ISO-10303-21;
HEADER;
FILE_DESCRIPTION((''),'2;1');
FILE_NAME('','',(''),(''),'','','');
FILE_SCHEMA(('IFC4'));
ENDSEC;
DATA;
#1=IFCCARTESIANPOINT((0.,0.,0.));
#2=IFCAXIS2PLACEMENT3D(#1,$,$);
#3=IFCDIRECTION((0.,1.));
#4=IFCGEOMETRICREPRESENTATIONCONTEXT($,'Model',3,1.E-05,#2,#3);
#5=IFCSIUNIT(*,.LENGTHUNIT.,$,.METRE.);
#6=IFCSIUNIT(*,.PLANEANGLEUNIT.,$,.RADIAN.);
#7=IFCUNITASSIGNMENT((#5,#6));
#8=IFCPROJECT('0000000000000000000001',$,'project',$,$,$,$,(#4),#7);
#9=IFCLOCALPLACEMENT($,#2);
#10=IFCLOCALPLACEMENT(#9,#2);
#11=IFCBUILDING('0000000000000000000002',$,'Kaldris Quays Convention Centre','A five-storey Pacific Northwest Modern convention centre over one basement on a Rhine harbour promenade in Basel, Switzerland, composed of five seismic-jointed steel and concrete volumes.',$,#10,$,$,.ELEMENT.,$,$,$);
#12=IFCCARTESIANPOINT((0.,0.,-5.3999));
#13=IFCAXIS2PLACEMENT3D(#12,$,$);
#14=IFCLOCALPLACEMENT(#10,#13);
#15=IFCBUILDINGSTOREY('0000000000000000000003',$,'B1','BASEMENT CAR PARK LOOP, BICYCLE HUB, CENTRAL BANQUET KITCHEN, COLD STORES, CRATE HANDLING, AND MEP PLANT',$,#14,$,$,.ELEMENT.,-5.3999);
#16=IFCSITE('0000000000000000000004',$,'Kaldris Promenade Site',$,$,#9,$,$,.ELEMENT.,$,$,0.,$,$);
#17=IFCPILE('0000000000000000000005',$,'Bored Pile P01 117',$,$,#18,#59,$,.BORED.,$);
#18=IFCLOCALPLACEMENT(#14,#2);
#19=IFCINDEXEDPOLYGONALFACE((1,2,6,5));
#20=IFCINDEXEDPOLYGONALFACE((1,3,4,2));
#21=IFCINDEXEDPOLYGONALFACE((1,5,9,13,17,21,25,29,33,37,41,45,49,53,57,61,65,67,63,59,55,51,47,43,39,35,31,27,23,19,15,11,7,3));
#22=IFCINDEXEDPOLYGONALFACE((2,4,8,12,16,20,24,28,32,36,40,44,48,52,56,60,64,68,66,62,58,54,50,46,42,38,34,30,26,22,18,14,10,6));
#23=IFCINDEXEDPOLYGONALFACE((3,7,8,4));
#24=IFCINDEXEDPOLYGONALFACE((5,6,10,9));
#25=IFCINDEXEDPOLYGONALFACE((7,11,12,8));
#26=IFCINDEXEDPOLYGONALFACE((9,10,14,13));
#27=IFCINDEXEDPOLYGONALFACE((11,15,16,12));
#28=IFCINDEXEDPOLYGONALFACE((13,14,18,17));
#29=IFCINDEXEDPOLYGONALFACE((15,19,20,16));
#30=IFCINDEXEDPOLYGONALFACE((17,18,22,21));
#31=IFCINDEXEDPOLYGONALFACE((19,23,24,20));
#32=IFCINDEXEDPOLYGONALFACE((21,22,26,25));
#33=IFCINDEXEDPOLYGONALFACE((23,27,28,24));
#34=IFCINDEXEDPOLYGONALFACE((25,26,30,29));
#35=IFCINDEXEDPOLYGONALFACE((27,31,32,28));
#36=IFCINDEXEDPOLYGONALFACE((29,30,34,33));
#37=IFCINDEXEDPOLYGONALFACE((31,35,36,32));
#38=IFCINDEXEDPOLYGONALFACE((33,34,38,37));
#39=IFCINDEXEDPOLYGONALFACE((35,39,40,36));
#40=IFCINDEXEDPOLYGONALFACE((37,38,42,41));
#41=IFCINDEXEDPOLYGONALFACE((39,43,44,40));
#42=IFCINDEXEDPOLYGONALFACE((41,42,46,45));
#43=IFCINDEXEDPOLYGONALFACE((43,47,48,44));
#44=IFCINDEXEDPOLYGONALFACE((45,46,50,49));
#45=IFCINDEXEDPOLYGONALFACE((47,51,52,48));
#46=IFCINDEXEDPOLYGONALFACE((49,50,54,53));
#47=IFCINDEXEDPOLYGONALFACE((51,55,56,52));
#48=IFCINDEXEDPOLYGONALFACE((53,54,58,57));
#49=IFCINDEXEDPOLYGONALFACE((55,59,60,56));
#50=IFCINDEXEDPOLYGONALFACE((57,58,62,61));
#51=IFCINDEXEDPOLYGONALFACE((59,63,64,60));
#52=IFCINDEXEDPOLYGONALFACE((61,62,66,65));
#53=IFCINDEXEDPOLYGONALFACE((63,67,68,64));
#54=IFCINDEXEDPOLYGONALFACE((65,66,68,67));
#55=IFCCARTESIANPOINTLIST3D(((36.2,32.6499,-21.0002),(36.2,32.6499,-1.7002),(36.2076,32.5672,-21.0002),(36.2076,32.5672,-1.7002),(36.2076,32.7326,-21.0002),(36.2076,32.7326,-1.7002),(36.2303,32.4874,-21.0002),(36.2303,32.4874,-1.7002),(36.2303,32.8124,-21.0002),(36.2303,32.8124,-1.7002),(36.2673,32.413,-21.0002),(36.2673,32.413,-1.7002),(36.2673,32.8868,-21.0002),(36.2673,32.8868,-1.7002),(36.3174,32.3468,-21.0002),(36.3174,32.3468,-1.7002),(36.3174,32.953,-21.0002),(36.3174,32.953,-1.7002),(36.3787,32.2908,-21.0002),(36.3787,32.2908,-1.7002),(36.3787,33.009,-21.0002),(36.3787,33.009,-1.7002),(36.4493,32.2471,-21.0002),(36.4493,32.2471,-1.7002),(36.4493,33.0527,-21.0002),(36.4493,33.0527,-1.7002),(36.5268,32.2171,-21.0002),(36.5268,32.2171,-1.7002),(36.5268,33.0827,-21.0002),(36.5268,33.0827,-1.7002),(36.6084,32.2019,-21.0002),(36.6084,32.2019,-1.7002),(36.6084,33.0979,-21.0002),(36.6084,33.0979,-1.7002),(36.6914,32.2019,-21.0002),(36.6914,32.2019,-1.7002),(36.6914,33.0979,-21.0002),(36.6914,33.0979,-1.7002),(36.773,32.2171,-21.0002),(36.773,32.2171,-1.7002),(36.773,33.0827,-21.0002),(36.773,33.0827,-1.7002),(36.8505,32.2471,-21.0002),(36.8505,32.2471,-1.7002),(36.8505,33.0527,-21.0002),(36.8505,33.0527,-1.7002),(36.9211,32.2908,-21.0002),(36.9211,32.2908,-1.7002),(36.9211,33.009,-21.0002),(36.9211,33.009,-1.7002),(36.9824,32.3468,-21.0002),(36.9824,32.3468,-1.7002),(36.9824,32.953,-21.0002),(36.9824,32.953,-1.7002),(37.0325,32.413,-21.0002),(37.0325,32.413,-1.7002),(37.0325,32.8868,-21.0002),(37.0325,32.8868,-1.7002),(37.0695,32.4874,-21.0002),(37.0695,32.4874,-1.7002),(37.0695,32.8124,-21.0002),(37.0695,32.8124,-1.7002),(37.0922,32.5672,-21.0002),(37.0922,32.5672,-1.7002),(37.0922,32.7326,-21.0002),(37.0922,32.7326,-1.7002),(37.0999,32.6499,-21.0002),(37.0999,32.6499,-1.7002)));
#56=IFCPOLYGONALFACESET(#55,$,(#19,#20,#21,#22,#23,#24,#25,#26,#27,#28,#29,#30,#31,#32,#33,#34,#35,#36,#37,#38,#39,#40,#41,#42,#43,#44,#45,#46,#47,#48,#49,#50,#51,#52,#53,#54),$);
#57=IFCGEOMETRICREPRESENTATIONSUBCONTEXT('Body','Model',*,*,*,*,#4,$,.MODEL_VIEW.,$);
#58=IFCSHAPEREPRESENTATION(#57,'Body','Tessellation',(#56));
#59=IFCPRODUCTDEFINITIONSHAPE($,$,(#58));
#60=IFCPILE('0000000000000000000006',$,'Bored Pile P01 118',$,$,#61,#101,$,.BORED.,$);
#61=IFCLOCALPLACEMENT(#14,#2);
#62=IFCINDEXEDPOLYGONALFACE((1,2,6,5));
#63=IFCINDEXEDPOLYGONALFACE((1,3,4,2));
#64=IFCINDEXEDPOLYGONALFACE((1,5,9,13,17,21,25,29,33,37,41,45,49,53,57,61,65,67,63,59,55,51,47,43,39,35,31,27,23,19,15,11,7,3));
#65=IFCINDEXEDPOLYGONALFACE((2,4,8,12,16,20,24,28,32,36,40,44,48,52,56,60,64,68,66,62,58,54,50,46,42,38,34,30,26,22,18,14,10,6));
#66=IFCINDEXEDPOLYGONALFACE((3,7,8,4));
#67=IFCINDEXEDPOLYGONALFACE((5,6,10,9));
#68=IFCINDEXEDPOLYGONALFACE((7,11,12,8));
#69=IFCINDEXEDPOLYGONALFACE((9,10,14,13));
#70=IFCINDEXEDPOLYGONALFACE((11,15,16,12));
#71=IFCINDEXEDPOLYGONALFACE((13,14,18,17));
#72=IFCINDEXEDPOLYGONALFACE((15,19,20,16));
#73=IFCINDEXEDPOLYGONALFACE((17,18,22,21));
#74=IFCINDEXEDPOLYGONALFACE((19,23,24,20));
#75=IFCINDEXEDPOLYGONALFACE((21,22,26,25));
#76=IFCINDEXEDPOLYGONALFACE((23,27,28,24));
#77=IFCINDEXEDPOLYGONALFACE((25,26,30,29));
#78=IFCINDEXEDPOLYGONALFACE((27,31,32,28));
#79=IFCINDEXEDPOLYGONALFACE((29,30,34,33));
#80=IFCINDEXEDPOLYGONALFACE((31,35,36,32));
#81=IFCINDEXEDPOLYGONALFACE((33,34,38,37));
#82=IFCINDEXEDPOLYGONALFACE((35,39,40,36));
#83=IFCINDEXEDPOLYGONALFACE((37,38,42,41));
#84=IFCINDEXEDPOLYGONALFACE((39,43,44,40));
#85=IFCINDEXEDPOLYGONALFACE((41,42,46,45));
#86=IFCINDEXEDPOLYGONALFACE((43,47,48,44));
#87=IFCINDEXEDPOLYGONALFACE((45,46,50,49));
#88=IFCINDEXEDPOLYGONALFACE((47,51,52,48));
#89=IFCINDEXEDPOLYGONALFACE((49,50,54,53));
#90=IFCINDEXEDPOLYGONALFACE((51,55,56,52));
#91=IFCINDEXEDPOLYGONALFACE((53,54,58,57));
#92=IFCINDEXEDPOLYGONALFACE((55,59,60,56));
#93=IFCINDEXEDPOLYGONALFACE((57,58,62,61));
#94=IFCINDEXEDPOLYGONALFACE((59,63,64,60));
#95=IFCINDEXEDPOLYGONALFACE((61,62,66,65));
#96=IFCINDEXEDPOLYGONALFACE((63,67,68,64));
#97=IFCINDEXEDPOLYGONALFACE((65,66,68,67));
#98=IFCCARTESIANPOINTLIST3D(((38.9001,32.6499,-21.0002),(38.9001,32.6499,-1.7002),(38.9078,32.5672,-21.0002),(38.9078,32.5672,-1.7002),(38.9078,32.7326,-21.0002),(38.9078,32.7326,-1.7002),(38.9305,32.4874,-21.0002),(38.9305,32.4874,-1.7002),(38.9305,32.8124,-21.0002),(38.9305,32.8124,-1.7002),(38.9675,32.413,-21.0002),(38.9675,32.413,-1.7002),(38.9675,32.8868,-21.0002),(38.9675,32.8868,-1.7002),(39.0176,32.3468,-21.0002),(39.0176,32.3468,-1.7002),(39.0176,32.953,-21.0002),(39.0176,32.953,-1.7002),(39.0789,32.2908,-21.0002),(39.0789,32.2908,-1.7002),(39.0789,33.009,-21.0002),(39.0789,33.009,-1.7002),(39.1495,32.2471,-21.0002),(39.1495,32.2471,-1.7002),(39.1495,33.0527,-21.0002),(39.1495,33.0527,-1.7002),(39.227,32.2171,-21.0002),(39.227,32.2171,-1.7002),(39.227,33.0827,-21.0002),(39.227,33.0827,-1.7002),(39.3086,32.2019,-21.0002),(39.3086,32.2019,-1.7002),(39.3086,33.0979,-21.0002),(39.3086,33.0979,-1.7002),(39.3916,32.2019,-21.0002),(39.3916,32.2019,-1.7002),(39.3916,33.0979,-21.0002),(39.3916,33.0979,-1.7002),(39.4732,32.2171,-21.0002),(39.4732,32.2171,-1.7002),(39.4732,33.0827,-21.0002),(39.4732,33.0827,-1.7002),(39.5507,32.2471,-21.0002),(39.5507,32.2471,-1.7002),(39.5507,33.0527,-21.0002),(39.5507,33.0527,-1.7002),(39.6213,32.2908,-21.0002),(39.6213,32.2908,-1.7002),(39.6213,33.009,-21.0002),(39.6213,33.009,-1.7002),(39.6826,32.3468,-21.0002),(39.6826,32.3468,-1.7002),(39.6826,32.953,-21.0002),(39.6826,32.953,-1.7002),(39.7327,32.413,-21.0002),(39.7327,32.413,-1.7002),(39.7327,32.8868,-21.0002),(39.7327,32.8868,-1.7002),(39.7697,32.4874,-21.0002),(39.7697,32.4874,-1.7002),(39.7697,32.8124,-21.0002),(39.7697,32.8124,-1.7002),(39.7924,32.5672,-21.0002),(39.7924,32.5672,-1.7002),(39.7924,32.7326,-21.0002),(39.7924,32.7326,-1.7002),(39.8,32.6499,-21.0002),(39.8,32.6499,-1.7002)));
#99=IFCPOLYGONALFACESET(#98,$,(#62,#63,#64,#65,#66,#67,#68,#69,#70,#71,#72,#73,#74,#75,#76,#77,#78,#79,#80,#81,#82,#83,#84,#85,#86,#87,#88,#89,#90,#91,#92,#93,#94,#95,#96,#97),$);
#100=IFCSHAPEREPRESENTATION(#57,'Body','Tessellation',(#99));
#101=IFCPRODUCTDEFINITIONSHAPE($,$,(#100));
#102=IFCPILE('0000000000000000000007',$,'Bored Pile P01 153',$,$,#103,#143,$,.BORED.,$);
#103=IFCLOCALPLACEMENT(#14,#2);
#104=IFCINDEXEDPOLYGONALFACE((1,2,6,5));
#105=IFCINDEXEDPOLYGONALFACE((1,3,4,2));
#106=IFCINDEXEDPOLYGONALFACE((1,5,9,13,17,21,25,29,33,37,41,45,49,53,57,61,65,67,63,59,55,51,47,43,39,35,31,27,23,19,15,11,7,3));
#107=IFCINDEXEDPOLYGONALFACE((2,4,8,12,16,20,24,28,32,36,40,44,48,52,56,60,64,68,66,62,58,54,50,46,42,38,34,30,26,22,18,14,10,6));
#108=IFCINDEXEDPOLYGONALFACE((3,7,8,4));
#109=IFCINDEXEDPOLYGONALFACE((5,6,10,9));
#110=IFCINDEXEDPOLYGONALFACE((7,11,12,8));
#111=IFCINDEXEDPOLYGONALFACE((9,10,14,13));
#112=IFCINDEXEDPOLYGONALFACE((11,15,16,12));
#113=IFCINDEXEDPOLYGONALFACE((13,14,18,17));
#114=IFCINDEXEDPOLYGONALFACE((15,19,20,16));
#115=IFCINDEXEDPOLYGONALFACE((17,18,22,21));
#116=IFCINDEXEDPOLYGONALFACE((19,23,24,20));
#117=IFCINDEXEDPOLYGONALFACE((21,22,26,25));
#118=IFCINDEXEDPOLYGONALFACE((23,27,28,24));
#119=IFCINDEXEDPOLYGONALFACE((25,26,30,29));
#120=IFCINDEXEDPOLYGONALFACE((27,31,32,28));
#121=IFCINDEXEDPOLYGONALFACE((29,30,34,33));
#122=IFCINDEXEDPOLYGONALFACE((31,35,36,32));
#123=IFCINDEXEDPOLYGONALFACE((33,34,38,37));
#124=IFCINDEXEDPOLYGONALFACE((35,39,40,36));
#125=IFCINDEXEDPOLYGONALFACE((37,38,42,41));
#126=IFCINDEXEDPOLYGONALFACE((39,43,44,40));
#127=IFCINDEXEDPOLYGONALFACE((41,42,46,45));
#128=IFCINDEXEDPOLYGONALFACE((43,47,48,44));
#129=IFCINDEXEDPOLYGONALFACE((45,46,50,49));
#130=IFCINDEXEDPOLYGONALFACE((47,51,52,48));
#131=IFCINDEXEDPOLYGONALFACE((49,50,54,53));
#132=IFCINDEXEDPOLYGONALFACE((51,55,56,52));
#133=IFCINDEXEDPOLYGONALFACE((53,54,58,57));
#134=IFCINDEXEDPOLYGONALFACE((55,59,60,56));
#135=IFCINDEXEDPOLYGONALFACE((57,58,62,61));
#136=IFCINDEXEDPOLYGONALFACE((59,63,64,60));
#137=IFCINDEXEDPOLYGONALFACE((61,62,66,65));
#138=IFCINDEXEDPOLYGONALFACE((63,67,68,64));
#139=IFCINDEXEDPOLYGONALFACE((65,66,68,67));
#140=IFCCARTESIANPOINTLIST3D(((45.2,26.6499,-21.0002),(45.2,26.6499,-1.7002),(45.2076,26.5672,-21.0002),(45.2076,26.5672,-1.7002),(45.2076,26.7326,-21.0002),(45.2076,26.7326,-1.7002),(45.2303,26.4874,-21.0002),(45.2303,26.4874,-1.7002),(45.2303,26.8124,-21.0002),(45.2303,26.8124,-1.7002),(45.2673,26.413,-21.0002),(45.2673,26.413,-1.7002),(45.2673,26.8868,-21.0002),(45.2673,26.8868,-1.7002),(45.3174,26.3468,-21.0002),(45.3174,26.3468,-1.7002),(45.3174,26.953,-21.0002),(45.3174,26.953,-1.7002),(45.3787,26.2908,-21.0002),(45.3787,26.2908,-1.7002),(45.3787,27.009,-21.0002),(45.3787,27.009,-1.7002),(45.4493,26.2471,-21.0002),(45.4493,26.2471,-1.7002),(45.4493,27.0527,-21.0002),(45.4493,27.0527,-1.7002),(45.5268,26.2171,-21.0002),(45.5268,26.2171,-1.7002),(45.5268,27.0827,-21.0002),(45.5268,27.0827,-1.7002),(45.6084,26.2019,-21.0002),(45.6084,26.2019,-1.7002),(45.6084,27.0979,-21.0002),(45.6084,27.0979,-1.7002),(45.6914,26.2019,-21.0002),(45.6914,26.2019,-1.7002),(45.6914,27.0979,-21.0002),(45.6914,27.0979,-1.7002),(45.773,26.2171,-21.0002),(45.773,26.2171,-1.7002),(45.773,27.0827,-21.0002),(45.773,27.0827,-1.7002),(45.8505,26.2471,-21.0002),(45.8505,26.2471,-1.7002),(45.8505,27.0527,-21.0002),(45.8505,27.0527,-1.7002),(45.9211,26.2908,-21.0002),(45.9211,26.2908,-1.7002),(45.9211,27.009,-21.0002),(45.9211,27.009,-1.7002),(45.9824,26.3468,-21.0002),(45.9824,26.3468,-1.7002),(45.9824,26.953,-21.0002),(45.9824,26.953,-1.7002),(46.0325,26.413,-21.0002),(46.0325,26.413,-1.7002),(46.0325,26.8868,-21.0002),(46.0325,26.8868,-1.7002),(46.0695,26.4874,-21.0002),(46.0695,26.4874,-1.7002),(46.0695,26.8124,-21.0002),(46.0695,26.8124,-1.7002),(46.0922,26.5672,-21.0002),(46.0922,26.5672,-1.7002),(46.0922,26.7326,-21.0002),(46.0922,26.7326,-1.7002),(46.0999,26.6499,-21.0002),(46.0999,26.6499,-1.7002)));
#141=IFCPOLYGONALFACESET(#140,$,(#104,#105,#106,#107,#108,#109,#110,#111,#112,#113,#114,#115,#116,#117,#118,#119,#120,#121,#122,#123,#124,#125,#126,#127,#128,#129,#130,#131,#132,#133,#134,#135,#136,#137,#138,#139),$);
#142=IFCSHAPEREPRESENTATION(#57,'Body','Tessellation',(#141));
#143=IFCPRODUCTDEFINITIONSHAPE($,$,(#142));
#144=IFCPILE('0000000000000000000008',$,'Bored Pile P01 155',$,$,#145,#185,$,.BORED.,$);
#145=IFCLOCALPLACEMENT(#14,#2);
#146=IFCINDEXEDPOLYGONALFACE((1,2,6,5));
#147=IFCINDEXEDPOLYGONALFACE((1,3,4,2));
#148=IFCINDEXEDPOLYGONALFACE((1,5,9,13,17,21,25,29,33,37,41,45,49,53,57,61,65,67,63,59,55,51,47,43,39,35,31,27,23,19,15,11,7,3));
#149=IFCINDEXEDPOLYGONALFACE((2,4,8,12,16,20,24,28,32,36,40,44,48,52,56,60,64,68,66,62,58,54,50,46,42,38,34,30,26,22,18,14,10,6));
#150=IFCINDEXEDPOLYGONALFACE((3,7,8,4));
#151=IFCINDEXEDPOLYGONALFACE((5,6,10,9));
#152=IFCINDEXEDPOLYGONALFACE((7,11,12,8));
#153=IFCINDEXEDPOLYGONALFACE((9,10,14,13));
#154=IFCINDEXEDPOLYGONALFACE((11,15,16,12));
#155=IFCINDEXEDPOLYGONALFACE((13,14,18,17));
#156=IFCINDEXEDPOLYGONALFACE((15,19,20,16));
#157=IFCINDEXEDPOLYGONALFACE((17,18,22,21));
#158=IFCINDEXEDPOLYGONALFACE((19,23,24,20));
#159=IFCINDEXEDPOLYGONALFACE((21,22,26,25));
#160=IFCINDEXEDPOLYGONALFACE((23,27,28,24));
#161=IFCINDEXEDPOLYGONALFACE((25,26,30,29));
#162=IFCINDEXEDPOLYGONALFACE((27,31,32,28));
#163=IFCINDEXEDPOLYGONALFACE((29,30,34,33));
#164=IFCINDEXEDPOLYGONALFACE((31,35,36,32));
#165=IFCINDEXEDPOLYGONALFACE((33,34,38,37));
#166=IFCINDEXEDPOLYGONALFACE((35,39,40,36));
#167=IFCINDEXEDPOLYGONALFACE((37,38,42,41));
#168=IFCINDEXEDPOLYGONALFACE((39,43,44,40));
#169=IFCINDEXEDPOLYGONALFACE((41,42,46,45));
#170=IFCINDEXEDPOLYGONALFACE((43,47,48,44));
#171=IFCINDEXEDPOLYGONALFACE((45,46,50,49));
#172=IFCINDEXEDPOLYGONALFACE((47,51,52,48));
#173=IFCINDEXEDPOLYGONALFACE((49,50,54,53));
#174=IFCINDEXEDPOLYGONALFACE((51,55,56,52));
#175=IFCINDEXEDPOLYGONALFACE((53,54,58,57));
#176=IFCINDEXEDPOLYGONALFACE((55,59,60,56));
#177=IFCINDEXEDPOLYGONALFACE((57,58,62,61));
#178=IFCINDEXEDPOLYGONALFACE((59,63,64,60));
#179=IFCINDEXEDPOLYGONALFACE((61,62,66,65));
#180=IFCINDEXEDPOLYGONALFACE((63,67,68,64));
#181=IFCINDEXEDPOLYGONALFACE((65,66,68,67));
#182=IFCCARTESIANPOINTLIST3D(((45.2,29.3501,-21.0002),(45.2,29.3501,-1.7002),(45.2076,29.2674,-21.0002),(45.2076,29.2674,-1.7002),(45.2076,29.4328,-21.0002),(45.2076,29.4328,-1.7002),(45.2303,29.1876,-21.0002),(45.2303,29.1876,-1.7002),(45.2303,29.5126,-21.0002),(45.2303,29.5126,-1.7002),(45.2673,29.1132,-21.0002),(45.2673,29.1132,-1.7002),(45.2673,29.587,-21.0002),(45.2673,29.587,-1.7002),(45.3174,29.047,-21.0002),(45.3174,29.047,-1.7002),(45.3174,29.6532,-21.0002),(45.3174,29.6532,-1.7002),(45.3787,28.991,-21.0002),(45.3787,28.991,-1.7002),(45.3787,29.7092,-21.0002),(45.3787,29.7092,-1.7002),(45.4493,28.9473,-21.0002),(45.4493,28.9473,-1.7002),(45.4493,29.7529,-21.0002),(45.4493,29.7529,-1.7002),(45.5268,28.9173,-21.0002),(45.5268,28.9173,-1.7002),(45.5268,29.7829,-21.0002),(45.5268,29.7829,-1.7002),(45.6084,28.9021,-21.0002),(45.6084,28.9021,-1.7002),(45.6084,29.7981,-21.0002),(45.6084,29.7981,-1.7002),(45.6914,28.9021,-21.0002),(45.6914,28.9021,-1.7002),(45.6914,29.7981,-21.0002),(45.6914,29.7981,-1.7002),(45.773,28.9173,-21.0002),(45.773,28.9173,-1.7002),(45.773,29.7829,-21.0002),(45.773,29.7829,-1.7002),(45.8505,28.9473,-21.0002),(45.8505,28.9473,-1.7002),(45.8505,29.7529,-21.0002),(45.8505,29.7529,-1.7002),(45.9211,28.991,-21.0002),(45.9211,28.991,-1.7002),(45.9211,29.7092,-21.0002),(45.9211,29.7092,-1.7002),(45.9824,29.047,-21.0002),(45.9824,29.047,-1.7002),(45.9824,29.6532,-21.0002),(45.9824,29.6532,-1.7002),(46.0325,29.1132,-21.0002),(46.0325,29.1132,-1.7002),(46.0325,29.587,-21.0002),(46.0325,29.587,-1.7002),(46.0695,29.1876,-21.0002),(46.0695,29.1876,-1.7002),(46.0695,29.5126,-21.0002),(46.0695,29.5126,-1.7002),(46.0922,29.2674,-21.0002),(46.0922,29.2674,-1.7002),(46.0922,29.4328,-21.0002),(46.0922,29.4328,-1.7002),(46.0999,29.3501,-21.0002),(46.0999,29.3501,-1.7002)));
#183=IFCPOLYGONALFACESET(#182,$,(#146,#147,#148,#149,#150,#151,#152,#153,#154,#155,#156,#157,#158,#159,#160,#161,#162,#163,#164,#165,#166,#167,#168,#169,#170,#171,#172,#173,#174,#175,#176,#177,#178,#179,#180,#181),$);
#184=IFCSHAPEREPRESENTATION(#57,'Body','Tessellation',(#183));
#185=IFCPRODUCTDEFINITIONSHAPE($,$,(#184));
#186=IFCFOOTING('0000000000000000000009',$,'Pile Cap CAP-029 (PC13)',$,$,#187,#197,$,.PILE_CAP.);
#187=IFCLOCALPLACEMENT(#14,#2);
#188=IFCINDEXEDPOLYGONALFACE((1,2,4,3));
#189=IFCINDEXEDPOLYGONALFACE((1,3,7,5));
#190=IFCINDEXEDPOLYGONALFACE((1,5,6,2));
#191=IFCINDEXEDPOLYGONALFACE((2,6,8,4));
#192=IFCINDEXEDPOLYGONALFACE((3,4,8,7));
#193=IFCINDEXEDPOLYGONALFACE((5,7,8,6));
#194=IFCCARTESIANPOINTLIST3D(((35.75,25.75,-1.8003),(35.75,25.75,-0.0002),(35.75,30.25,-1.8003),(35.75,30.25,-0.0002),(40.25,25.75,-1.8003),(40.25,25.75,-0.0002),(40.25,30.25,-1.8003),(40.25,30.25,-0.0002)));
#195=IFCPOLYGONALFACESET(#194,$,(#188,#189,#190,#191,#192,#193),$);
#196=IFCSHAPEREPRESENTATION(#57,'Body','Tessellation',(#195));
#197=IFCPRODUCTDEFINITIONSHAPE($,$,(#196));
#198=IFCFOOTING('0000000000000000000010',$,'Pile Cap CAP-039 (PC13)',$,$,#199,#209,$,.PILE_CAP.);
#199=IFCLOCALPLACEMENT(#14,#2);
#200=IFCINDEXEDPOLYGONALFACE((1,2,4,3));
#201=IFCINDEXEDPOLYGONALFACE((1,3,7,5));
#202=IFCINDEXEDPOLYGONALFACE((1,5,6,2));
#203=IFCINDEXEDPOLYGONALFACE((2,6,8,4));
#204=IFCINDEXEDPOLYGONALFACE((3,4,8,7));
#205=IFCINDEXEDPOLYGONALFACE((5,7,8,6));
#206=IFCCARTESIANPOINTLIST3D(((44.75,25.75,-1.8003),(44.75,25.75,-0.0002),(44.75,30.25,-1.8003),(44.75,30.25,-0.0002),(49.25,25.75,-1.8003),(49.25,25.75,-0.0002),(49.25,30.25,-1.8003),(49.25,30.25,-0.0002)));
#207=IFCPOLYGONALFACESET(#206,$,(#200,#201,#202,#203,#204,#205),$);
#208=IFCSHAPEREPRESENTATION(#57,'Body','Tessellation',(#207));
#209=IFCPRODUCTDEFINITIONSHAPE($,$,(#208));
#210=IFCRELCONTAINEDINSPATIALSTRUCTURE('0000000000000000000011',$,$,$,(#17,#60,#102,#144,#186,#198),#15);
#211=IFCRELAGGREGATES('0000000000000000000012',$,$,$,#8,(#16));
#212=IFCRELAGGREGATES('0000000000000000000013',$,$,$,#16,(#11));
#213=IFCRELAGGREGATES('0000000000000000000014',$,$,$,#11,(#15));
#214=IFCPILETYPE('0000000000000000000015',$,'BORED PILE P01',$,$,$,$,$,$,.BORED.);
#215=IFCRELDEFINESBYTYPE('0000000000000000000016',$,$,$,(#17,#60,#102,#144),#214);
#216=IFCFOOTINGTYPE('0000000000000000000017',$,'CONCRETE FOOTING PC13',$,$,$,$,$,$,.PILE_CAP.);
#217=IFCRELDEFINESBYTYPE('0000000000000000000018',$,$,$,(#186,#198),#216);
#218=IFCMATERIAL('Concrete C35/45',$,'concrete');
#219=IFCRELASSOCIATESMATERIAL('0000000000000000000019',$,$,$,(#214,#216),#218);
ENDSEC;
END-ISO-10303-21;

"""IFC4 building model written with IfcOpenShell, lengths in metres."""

from ifc_helpers import new_model, si_unit, direction, frame, origin, origin_2d, place, context, subcontext, project, spatial, rectangle, circle, extrude, material, material_profile, profile_set, type_object, element, save


model = new_model("IFC4")

# Units and contexts
model_context = context("Model", 3, precision=1e-05, world=origin(), true_north=direction((0.0, 1.0)))
body_context = subcontext(model_context, "Body", "Model", "MODEL_VIEW")
ifc_project = project(units=[si_unit("LENGTHUNIT", "METRE"), si_unit("PLANEANGLEUNIT", "RADIAN")], contexts=[model_context])

# Site, building, storey
site_placement = place(None, origin())
site = spatial("IfcSite", under=ifc_project, at=site_placement, Name="Kaldris Promenade Site", CompositionType="ELEMENT", RefElevation=0.0)
building_placement = place(site_placement, origin())
building = spatial("IfcBuilding", under=site, at=building_placement, Name="Kaldris Quays Convention Centre", Description="A five-storey Pacific Northwest Modern convention centre over one basement on a Rhine harbour promenade in Basel, Switzerland, composed of five seismic-jointed steel and concrete volumes.", CompositionType="ELEMENT")
storey_placement = place(building_placement, frame((0.0, 0.0, -5.3999)))
storey = spatial("IfcBuildingStorey", under=building, at=storey_placement, Name="B1", Description="BASEMENT CAR PARK LOOP, BICYCLE HUB, CENTRAL BANQUET KITCHEN, COLD STORES, CRATE HANDLING, AND MEP PLANT", CompositionType="ELEMENT", Elevation=-5.3999)

# Piles
ifc_material_1 = material(Name="Concrete C35/45", Category="concrete")
ifc_material_profile_1 = material_profile(ifc_material_1, circle(Radius=0.45, at=origin_2d()), Name="BORED PILE D900")
ifc_profile_set_1 = profile_set([ifc_material_profile_1], Name="Concrete C35/45")
pile_type = type_object("IfcPileType", Name="BORED PILE P01", PredefinedType="BORED", material=ifc_profile_set_1)
for number, where, z_axis, x_axis, name in (
    (1, (36.6499, 32.6499, -1.7002), (0.0, 0.0, -1.0), (1.0, 0.0, 0.0), "Bored Pile P01 117"),
    (2, (39.3501, 32.6499, -1.7002), (0.0, 0.0, -1.0), (1.0, 0.0, 0.0), "Bored Pile P01 118"),
    (3, (45.6499, 26.6499, -1.7002), (0.0, 0.0, -1.0), (1.0, 0.0, 0.0), "Bored Pile P01 153"),
    (4, (45.6499, 29.3501, -1.7002), (0.0, 0.0, -1.0), (1.0, 0.0, 0.0), "Bored Pile P01 155"),
):
    element("IfcPile", number, at=place(storey_placement, frame(where, z_axis=z_axis, x_axis=x_axis)), inside=storey, type_object=pile_type, Name=name, PredefinedType="BORED", context=body_context, shape_type="SweptSolid", body=[
        extrude(circle(Radius=0.45, at=origin_2d()), origin(), (0.0, 0.0, 1.0), 19.3),
    ])

# Footings
footing_type_1 = type_object("IfcFootingType", Name="CONCRETE FOOTING PC13", PredefinedType="PILE_CAP", material=ifc_material_1)
for number, where, z_axis, x_axis, name in (
    (5, (38.0, 28.0, -1.8003), (0.0, 0.0, 1.0), (1.0, 0.0, 0.0), "Pile Cap CAP-029 (PC13)"),
    (6, (47.0, 28.0, -1.8003), (0.0, 0.0, 1.0), (1.0, 0.0, 0.0), "Pile Cap CAP-039 (PC13)"),
):
    element("IfcFooting", number, at=place(storey_placement, frame(where, z_axis=z_axis, x_axis=x_axis)), inside=storey, type_object=footing_type_1, Name=name, PredefinedType="PILE_CAP", context=body_context, shape_type="SweptSolid", body=[
        extrude(rectangle(XDim=4.5, YDim=4.5, at=origin_2d()), origin(), (0.0, 0.0, 1.0), 1.8),
    ])

save(model, "model.ifc")
